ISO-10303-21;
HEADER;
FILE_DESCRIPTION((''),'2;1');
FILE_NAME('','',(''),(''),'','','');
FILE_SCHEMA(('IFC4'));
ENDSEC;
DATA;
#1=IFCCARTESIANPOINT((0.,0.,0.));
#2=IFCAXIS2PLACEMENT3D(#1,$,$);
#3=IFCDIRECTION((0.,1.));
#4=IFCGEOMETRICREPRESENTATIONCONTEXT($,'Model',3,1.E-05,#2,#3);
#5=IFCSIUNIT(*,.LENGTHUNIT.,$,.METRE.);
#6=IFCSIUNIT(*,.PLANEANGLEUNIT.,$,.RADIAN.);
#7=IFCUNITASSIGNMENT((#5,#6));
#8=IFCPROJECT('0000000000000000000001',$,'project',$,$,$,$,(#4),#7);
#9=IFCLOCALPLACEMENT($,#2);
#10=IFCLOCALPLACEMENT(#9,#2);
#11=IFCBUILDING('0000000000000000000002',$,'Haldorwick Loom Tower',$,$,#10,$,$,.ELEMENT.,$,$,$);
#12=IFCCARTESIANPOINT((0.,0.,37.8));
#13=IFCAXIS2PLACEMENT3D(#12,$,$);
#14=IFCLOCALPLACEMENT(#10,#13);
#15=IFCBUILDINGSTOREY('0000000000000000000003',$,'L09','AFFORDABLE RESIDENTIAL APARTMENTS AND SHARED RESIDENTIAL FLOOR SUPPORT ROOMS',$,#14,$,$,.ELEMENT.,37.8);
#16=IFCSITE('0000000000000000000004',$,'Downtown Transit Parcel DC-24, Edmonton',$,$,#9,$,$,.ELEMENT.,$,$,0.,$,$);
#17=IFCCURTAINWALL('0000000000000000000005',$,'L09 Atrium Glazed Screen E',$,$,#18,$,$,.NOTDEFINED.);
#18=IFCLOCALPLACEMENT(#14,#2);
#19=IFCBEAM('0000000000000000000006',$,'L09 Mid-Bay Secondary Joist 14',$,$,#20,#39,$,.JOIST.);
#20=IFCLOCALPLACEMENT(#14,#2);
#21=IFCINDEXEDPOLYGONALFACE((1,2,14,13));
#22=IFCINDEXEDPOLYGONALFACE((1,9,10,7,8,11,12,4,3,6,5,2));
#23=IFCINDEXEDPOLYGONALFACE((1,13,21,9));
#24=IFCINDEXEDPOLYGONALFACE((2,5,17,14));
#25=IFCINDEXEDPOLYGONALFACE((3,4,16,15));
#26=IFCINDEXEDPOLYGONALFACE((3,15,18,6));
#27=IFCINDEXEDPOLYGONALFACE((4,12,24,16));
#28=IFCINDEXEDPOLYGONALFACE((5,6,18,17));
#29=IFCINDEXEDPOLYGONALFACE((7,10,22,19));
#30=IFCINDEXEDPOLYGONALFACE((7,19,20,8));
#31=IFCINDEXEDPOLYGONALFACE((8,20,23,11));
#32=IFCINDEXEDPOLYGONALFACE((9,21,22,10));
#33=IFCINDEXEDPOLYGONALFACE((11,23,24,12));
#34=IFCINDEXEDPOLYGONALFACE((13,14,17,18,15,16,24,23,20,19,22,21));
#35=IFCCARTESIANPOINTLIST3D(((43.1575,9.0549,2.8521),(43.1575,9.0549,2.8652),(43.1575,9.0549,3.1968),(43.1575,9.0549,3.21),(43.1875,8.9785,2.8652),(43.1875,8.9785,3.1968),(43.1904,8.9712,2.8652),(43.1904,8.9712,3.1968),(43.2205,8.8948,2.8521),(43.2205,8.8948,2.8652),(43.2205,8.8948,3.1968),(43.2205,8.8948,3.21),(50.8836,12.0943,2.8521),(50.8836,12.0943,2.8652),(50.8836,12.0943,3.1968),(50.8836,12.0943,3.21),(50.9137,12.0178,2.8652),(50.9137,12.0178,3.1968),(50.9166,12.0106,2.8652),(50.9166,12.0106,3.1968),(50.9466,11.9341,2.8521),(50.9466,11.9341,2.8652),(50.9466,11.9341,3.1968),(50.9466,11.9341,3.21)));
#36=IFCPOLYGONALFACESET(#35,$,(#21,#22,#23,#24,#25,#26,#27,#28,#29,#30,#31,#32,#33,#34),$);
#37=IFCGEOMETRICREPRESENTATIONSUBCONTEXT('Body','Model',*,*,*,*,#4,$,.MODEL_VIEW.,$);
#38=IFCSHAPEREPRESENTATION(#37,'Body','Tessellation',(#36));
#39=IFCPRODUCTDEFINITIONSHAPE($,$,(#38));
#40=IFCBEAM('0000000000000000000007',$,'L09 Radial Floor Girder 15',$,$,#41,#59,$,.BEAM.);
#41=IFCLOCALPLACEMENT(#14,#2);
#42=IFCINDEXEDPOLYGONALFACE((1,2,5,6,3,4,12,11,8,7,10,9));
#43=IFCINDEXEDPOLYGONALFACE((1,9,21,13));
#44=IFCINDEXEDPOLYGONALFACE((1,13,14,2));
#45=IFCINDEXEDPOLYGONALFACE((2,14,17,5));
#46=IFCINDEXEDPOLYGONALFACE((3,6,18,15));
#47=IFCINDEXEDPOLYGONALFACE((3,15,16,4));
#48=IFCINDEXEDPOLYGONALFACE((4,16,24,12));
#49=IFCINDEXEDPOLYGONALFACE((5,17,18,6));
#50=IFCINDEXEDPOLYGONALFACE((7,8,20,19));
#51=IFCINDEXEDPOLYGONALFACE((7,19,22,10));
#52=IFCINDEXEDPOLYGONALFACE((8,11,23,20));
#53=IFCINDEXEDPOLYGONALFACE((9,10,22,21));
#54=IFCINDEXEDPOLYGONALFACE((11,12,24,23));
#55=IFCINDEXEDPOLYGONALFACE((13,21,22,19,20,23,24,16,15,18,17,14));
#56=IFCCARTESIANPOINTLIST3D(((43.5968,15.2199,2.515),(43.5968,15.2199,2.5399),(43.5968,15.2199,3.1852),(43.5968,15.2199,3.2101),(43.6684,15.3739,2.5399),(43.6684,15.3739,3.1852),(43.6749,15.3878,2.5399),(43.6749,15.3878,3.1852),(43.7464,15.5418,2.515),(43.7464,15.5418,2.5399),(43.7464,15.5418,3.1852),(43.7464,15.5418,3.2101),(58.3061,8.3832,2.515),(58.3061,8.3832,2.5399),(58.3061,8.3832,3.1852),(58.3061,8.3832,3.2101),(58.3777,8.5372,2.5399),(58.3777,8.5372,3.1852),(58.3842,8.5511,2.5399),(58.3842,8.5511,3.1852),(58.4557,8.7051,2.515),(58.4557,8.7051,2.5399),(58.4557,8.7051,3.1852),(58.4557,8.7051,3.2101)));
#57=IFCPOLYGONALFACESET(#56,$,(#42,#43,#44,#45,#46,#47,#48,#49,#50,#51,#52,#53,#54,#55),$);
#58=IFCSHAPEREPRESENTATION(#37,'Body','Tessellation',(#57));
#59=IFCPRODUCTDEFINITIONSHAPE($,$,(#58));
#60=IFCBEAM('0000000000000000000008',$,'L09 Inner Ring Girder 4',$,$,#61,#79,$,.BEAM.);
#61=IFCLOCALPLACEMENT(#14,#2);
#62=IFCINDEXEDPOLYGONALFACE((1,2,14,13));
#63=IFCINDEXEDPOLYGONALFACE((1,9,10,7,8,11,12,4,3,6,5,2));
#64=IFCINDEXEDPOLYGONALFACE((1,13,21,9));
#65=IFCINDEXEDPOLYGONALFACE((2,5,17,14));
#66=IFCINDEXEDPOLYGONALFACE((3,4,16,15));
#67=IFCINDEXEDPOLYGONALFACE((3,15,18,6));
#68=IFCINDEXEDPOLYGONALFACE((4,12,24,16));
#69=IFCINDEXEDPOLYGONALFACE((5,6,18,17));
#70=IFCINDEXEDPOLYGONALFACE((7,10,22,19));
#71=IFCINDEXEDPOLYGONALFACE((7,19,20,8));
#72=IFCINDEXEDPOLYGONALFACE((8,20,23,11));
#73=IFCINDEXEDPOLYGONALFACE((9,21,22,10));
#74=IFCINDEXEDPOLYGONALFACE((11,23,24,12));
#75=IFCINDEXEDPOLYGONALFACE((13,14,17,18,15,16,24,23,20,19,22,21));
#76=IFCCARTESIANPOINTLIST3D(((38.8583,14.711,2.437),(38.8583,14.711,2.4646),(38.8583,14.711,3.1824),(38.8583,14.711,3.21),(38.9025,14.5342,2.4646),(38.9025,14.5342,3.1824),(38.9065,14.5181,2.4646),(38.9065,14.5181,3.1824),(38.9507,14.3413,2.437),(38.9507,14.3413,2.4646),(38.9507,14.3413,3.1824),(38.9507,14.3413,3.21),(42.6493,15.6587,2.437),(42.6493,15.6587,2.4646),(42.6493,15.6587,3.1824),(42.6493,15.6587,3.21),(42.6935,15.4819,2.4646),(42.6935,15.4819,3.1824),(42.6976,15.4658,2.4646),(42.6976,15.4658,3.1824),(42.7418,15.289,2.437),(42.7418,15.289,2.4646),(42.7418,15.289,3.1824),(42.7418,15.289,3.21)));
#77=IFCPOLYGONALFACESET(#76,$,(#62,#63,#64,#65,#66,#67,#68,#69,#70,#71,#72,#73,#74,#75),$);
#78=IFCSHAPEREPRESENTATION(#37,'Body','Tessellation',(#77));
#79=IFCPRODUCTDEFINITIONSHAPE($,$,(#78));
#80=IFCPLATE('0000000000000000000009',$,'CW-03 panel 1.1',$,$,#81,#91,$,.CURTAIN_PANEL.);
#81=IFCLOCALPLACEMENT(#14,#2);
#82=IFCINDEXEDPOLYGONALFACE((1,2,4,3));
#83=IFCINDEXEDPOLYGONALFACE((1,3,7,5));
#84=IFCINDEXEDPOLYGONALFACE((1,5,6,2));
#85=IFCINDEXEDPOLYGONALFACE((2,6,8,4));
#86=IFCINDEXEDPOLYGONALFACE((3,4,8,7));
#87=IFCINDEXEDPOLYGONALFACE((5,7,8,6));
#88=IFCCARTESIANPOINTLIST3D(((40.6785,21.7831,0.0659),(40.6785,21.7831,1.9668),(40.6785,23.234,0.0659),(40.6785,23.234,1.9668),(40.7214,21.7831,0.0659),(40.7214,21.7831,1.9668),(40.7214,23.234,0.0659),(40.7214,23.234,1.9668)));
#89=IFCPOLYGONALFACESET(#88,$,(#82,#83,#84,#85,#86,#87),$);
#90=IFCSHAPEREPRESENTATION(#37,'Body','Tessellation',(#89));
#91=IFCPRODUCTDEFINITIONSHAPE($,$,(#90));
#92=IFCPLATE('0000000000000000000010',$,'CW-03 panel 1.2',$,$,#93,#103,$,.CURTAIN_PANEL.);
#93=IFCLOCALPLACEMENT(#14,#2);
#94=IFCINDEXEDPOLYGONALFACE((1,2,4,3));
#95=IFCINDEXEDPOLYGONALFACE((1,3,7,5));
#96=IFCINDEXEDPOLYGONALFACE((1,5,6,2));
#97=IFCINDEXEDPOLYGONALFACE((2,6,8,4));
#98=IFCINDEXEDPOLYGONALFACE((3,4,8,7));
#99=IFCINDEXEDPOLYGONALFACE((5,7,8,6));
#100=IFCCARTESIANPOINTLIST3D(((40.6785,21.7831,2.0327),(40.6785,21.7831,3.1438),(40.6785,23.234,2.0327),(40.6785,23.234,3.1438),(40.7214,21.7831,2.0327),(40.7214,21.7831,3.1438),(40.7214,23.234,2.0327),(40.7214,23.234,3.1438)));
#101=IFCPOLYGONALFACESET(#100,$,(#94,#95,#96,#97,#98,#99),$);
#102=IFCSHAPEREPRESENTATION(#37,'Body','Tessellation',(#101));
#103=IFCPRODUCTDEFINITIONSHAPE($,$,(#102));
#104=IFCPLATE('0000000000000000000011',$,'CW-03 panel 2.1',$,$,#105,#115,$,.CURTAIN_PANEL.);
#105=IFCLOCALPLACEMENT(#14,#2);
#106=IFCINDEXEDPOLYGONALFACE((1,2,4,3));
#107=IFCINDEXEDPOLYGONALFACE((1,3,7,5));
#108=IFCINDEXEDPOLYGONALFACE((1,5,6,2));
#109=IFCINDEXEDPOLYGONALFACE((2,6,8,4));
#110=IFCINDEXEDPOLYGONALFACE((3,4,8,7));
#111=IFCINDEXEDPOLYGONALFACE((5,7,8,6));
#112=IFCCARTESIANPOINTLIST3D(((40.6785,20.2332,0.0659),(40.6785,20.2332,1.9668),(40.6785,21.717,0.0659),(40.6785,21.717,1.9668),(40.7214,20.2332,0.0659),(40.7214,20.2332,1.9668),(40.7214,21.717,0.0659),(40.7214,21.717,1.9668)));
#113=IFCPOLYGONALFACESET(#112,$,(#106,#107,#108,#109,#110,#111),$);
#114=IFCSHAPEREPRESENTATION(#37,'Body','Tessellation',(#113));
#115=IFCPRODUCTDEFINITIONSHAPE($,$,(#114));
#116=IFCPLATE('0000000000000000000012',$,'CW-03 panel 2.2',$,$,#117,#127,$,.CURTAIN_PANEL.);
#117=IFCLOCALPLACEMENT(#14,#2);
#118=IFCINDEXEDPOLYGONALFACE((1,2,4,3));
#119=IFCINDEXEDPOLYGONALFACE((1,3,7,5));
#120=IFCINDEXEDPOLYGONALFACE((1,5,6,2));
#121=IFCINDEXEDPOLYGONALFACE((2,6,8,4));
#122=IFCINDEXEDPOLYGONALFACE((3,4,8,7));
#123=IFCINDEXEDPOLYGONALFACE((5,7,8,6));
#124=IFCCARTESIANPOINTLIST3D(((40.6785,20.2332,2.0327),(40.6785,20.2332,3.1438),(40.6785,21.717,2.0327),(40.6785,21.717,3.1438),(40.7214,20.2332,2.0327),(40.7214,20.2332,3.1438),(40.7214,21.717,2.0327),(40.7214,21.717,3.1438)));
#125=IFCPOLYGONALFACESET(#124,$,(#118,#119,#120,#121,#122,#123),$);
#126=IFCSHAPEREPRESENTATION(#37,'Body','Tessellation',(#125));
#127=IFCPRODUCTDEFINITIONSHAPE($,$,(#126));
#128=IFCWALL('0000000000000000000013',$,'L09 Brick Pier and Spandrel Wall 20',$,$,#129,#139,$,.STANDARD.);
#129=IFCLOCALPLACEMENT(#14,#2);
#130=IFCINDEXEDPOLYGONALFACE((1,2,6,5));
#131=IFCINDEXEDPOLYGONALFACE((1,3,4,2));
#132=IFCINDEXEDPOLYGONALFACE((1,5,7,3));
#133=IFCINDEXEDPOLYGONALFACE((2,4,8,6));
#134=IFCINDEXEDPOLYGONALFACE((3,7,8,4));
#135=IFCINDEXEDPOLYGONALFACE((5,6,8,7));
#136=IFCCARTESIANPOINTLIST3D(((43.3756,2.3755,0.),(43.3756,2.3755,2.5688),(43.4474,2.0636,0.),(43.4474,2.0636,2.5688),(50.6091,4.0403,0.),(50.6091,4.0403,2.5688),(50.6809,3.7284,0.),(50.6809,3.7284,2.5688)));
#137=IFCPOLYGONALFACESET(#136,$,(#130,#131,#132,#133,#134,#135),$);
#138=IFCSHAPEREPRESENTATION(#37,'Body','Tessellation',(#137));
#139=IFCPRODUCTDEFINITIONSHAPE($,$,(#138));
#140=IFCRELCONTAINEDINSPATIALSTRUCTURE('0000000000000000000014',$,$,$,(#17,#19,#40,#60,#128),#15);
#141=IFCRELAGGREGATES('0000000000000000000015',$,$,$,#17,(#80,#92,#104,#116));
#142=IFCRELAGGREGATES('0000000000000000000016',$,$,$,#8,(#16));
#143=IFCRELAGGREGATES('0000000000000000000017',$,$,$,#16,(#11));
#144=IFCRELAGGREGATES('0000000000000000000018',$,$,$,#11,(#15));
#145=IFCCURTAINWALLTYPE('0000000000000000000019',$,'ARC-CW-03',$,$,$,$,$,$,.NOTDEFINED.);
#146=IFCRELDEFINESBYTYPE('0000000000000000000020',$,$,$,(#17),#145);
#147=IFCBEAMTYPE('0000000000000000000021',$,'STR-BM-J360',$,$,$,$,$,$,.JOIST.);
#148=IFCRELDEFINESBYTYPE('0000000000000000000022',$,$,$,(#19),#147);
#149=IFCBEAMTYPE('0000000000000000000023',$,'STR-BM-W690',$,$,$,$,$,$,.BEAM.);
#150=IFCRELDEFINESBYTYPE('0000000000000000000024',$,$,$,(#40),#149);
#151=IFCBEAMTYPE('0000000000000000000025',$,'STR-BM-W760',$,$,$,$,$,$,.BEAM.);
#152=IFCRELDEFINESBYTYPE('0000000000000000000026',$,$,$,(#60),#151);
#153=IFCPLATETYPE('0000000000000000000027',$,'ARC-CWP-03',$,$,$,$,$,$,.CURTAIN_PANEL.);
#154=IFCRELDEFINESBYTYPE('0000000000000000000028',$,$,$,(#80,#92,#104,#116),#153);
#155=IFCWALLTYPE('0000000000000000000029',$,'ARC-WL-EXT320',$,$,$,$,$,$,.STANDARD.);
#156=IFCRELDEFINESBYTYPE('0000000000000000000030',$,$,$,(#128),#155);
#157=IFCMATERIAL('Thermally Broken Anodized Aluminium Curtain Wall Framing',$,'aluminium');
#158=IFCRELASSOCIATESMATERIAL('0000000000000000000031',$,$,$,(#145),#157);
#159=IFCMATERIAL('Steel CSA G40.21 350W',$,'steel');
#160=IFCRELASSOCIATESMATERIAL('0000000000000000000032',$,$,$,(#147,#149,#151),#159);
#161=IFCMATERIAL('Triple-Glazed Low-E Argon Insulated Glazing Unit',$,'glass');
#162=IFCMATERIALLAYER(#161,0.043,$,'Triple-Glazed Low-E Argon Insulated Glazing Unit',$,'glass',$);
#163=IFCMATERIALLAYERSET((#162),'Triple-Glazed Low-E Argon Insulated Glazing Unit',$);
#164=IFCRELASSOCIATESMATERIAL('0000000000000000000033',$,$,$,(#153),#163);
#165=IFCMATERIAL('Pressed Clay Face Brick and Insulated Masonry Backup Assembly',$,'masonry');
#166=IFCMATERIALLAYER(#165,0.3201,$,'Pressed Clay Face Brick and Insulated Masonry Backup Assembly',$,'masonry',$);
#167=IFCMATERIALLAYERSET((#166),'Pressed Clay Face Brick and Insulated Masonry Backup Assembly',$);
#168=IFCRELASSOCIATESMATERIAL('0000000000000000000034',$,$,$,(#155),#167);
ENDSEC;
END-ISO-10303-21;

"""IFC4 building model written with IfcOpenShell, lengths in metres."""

from ifc_helpers import new_model, si_unit, direction, frame, frame_2d, origin, origin_2d, place, context, subcontext, project, spatial, rectangle, i_section, extrude, material, layer, layer_set, material_profile, profile_set, type_object, element, aggregate, save


model = new_model("IFC4")

# Units and contexts
model_context = context("Model", 3, precision=1e-05, world=origin(), true_north=direction((0.0, 1.0)))
body_context = subcontext(model_context, "Body", "Model", "MODEL_VIEW")
ifc_project = project(units=[si_unit("LENGTHUNIT", "METRE"), si_unit("PLANEANGLEUNIT", "RADIAN")], contexts=[model_context])

# Site, building, storey
site_placement = place(None, origin())
site = spatial("IfcSite", under=ifc_project, at=site_placement, Name="Downtown Transit Parcel DC-24, Edmonton", CompositionType="ELEMENT", RefElevation=0.0)
building_placement = place(site_placement, origin())
building = spatial("IfcBuilding", under=site, at=building_placement, Name="Haldorwick Loom Tower", CompositionType="ELEMENT")
storey_placement = place(building_placement, frame((0.0, 0.0, 37.8)))
storey = spatial("IfcBuildingStorey", under=building, at=storey_placement, Name="L09", Description="AFFORDABLE RESIDENTIAL APARTMENTS AND SHARED RESIDENTIAL FLOOR SUPPORT ROOMS", CompositionType="ELEMENT", Elevation=37.8)

# Curtain wall
ifc_material_1 = material(Name="Thermally Broken Anodized Aluminium Curtain Wall Framing", Category="aluminium")
curtain_wall_type = type_object("IfcCurtainWallType", Name="ARC-CW-03", PredefinedType="NOTDEFINED", material=ifc_material_1)
curtain_wall_placement = place(storey_placement, origin())
curtain_wall = element("IfcCurtainWall", 1, at=curtain_wall_placement, inside=storey, type_object=curtain_wall_type, Name="L09 Atrium Glazed Screen E", PredefinedType="NOTDEFINED")

# Beams
ifc_material_2 = material(Name="Steel CSA G40.21 350W", Category="steel")
ifc_material_profile_1 = material_profile(ifc_material_2, i_section(OverallWidth=0.1721, OverallDepth=0.3579, WebThickness=0.0078, FlangeThickness=0.0132, at=origin_2d()), Name="W360X57", Category="steel")
ifc_profile_set_1 = profile_set([ifc_material_profile_1], Name="Steel CSA G40.21 350W")
beam_type_1 = type_object("IfcBeamType", Name="STR-BM-J360", PredefinedType="JOIST", material=ifc_profile_set_1)
beam_1_placement = place(storey_placement, frame((43.189, 8.9749, 3.031), z_axis=(0.930585, 0.366076, 0.0), x_axis=(-0.366076, 0.930585, 0.0)))
element("IfcBeam", 2, at=beam_1_placement, inside=storey, type_object=beam_type_1, Name="L09 Mid-Bay Secondary Joist 14", PredefinedType="JOIST", context=body_context, shape_type="SweptSolid", body=[
    extrude(i_section(OverallWidth=0.1721, OverallDepth=0.3579, WebThickness=0.0078, FlangeThickness=0.0132, at=origin_2d()), origin(), (0.0, 0.0, 1.0), 8.3025),
])
ifc_material_profile_2 = material_profile(ifc_material_2, i_section(OverallWidth=0.355, OverallDepth=0.6951, WebThickness=0.0154, FlangeThickness=0.0249, at=origin_2d()), Name="W690X217", Category="steel")
ifc_profile_set_2 = profile_set([ifc_material_profile_2], Name="Steel CSA G40.21 350W")
beam_type_2 = type_object("IfcBeamType", Name="STR-BM-W690", PredefinedType="BEAM", material=ifc_profile_set_2)
beam_2_placement = place(storey_placement, frame((43.6716, 15.3809, 2.8625), z_axis=(0.906835, -0.421486, 0.0), x_axis=(0.421486, 0.906835, 0.0)))
element("IfcBeam", 3, at=beam_2_placement, inside=storey, type_object=beam_type_2, Name="L09 Radial Floor Girder 15", PredefinedType="BEAM", context=body_context, shape_type="SweptSolid", body=[
    extrude(i_section(OverallWidth=0.355, OverallDepth=0.6951, WebThickness=0.0154, FlangeThickness=0.0249, at=origin_2d()), origin(), (0.0, 0.0, 1.0), 16.2205),
])
ifc_material_profile_3 = material_profile(ifc_material_2, i_section(OverallWidth=0.3811, OverallDepth=0.7729, WebThickness=0.0166, FlangeThickness=0.0276, at=origin_2d()), Name="W760X257", Category="steel")
ifc_profile_set_3 = profile_set([ifc_material_profile_3], Name="Steel CSA G40.21 350W")
beam_type_3 = type_object("IfcBeamType", Name="STR-BM-W760", PredefinedType="BEAM", material=ifc_profile_set_3)
beam_3_placement = place(storey_placement, frame((42.6956, 15.4739, 2.8235), z_axis=(-0.970143, -0.242536, 0.0), x_axis=(0.242536, -0.970143, 0.0)))
element("IfcBeam", 4, at=beam_3_placement, inside=storey, type_object=beam_type_3, Name="L09 Inner Ring Girder 4", PredefinedType="BEAM", context=body_context, shape_type="SweptSolid", body=[
    extrude(i_section(OverallWidth=0.3811, OverallDepth=0.7729, WebThickness=0.0166, FlangeThickness=0.0276, at=origin_2d()), origin(), (0.0, 0.0, 1.0), 3.9077),
])

# Plates
ifc_material_3 = material(Name="Triple-Glazed Low-E Argon Insulated Glazing Unit", Category="glass")
ifc_layer_1 = layer(ifc_material_3, 0.043, Name="Triple-Glazed Low-E Argon Insulated Glazing Unit", Category="glass")
ifc_layer_set_1 = layer_set([ifc_layer_1], Name="Triple-Glazed Low-E Argon Insulated Glazing Unit")
plate_type = type_object("IfcPlateType", Name="ARC-CWP-03", PredefinedType="CURTAIN_PANEL", material=ifc_layer_set_1)
plate_1_placement = place(storey_placement, frame((40.7, 22.5085, 0.0659), z_axis=(0.0, 0.0, 1.0), x_axis=(0.0, -1.0, 0.0)))
plate_1 = element("IfcPlate", 5, at=plate_1_placement, type_object=plate_type, Name="CW-03 panel 1.1", PredefinedType="CURTAIN_PANEL", context=body_context, shape_type="SweptSolid", body=[
    extrude(rectangle(XDim=1.4509, YDim=0.043, at=origin_2d()), origin(), (0.0, 0.0, 1.0), 1.9009),
])
plate_2_placement = place(storey_placement, frame((40.7, 22.5085, 2.0327), z_axis=(0.0, 0.0, 1.0), x_axis=(0.0, -1.0, 0.0)))
plate_2 = element("IfcPlate", 6, at=plate_2_placement, type_object=plate_type, Name="CW-03 panel 1.2", PredefinedType="CURTAIN_PANEL", context=body_context, shape_type="SweptSolid", body=[
    extrude(rectangle(XDim=1.4509, YDim=0.043, at=origin_2d()), origin(), (0.0, 0.0, 1.0), 1.1111),
])
plate_3_placement = place(storey_placement, frame((40.7, 20.9751, 0.0659), z_axis=(0.0, 0.0, 1.0), x_axis=(0.0, -1.0, 0.0)))
plate_3 = element("IfcPlate", 7, at=plate_3_placement, type_object=plate_type, Name="CW-03 panel 2.1", PredefinedType="CURTAIN_PANEL", context=body_context, shape_type="SweptSolid", body=[
    extrude(rectangle(XDim=1.4839, YDim=0.043, at=origin_2d()), origin(), (0.0, 0.0, 1.0), 1.9009),
])
plate_4_placement = place(storey_placement, frame((40.7, 20.9751, 2.0327), z_axis=(0.0, 0.0, 1.0), x_axis=(0.0, -1.0, 0.0)))
plate_4 = element("IfcPlate", 8, at=plate_4_placement, type_object=plate_type, Name="CW-03 panel 2.2", PredefinedType="CURTAIN_PANEL", context=body_context, shape_type="SweptSolid", body=[
    extrude(rectangle(XDim=1.4839, YDim=0.043, at=origin_2d()), origin(), (0.0, 0.0, 1.0), 1.1111),
])
aggregate(curtain_wall, [plate_1, plate_2, plate_3, plate_4])

# Wall
ifc_material_4 = material(Name="Pressed Clay Face Brick and Insulated Masonry Backup Assembly", Category="masonry")
ifc_layer_2 = layer(ifc_material_4, 0.3201, Name="Pressed Clay Face Brick and Insulated Masonry Backup Assembly", Category="masonry")
ifc_layer_set_2 = layer_set([ifc_layer_2], Name="Pressed Clay Face Brick and Insulated Masonry Backup Assembly")
wall_type_1 = type_object("IfcWallType", Name="ARC-WL-EXT320", PredefinedType="STANDARD", material=ifc_layer_set_2)
wall_1_placement = place(storey_placement, frame((43.4114, 2.2195, 0.0), z_axis=(0.0, 0.0, 1.0), x_axis=(0.974522, 0.22429, 0.0)))
element("IfcWall", 9, at=wall_1_placement, inside=storey, type_object=wall_type_1, Name="L09 Brick Pier and Spandrel Wall 20", PredefinedType="STANDARD", context=body_context, shape_type="SweptSolid", body=[
    extrude(rectangle(XDim=7.4226, YDim=0.3201, at=frame_2d((3.7114, 0.0))), origin(), (0.0, 0.0, 1.0), 2.5688),
])

save(model, "model.ifc")
